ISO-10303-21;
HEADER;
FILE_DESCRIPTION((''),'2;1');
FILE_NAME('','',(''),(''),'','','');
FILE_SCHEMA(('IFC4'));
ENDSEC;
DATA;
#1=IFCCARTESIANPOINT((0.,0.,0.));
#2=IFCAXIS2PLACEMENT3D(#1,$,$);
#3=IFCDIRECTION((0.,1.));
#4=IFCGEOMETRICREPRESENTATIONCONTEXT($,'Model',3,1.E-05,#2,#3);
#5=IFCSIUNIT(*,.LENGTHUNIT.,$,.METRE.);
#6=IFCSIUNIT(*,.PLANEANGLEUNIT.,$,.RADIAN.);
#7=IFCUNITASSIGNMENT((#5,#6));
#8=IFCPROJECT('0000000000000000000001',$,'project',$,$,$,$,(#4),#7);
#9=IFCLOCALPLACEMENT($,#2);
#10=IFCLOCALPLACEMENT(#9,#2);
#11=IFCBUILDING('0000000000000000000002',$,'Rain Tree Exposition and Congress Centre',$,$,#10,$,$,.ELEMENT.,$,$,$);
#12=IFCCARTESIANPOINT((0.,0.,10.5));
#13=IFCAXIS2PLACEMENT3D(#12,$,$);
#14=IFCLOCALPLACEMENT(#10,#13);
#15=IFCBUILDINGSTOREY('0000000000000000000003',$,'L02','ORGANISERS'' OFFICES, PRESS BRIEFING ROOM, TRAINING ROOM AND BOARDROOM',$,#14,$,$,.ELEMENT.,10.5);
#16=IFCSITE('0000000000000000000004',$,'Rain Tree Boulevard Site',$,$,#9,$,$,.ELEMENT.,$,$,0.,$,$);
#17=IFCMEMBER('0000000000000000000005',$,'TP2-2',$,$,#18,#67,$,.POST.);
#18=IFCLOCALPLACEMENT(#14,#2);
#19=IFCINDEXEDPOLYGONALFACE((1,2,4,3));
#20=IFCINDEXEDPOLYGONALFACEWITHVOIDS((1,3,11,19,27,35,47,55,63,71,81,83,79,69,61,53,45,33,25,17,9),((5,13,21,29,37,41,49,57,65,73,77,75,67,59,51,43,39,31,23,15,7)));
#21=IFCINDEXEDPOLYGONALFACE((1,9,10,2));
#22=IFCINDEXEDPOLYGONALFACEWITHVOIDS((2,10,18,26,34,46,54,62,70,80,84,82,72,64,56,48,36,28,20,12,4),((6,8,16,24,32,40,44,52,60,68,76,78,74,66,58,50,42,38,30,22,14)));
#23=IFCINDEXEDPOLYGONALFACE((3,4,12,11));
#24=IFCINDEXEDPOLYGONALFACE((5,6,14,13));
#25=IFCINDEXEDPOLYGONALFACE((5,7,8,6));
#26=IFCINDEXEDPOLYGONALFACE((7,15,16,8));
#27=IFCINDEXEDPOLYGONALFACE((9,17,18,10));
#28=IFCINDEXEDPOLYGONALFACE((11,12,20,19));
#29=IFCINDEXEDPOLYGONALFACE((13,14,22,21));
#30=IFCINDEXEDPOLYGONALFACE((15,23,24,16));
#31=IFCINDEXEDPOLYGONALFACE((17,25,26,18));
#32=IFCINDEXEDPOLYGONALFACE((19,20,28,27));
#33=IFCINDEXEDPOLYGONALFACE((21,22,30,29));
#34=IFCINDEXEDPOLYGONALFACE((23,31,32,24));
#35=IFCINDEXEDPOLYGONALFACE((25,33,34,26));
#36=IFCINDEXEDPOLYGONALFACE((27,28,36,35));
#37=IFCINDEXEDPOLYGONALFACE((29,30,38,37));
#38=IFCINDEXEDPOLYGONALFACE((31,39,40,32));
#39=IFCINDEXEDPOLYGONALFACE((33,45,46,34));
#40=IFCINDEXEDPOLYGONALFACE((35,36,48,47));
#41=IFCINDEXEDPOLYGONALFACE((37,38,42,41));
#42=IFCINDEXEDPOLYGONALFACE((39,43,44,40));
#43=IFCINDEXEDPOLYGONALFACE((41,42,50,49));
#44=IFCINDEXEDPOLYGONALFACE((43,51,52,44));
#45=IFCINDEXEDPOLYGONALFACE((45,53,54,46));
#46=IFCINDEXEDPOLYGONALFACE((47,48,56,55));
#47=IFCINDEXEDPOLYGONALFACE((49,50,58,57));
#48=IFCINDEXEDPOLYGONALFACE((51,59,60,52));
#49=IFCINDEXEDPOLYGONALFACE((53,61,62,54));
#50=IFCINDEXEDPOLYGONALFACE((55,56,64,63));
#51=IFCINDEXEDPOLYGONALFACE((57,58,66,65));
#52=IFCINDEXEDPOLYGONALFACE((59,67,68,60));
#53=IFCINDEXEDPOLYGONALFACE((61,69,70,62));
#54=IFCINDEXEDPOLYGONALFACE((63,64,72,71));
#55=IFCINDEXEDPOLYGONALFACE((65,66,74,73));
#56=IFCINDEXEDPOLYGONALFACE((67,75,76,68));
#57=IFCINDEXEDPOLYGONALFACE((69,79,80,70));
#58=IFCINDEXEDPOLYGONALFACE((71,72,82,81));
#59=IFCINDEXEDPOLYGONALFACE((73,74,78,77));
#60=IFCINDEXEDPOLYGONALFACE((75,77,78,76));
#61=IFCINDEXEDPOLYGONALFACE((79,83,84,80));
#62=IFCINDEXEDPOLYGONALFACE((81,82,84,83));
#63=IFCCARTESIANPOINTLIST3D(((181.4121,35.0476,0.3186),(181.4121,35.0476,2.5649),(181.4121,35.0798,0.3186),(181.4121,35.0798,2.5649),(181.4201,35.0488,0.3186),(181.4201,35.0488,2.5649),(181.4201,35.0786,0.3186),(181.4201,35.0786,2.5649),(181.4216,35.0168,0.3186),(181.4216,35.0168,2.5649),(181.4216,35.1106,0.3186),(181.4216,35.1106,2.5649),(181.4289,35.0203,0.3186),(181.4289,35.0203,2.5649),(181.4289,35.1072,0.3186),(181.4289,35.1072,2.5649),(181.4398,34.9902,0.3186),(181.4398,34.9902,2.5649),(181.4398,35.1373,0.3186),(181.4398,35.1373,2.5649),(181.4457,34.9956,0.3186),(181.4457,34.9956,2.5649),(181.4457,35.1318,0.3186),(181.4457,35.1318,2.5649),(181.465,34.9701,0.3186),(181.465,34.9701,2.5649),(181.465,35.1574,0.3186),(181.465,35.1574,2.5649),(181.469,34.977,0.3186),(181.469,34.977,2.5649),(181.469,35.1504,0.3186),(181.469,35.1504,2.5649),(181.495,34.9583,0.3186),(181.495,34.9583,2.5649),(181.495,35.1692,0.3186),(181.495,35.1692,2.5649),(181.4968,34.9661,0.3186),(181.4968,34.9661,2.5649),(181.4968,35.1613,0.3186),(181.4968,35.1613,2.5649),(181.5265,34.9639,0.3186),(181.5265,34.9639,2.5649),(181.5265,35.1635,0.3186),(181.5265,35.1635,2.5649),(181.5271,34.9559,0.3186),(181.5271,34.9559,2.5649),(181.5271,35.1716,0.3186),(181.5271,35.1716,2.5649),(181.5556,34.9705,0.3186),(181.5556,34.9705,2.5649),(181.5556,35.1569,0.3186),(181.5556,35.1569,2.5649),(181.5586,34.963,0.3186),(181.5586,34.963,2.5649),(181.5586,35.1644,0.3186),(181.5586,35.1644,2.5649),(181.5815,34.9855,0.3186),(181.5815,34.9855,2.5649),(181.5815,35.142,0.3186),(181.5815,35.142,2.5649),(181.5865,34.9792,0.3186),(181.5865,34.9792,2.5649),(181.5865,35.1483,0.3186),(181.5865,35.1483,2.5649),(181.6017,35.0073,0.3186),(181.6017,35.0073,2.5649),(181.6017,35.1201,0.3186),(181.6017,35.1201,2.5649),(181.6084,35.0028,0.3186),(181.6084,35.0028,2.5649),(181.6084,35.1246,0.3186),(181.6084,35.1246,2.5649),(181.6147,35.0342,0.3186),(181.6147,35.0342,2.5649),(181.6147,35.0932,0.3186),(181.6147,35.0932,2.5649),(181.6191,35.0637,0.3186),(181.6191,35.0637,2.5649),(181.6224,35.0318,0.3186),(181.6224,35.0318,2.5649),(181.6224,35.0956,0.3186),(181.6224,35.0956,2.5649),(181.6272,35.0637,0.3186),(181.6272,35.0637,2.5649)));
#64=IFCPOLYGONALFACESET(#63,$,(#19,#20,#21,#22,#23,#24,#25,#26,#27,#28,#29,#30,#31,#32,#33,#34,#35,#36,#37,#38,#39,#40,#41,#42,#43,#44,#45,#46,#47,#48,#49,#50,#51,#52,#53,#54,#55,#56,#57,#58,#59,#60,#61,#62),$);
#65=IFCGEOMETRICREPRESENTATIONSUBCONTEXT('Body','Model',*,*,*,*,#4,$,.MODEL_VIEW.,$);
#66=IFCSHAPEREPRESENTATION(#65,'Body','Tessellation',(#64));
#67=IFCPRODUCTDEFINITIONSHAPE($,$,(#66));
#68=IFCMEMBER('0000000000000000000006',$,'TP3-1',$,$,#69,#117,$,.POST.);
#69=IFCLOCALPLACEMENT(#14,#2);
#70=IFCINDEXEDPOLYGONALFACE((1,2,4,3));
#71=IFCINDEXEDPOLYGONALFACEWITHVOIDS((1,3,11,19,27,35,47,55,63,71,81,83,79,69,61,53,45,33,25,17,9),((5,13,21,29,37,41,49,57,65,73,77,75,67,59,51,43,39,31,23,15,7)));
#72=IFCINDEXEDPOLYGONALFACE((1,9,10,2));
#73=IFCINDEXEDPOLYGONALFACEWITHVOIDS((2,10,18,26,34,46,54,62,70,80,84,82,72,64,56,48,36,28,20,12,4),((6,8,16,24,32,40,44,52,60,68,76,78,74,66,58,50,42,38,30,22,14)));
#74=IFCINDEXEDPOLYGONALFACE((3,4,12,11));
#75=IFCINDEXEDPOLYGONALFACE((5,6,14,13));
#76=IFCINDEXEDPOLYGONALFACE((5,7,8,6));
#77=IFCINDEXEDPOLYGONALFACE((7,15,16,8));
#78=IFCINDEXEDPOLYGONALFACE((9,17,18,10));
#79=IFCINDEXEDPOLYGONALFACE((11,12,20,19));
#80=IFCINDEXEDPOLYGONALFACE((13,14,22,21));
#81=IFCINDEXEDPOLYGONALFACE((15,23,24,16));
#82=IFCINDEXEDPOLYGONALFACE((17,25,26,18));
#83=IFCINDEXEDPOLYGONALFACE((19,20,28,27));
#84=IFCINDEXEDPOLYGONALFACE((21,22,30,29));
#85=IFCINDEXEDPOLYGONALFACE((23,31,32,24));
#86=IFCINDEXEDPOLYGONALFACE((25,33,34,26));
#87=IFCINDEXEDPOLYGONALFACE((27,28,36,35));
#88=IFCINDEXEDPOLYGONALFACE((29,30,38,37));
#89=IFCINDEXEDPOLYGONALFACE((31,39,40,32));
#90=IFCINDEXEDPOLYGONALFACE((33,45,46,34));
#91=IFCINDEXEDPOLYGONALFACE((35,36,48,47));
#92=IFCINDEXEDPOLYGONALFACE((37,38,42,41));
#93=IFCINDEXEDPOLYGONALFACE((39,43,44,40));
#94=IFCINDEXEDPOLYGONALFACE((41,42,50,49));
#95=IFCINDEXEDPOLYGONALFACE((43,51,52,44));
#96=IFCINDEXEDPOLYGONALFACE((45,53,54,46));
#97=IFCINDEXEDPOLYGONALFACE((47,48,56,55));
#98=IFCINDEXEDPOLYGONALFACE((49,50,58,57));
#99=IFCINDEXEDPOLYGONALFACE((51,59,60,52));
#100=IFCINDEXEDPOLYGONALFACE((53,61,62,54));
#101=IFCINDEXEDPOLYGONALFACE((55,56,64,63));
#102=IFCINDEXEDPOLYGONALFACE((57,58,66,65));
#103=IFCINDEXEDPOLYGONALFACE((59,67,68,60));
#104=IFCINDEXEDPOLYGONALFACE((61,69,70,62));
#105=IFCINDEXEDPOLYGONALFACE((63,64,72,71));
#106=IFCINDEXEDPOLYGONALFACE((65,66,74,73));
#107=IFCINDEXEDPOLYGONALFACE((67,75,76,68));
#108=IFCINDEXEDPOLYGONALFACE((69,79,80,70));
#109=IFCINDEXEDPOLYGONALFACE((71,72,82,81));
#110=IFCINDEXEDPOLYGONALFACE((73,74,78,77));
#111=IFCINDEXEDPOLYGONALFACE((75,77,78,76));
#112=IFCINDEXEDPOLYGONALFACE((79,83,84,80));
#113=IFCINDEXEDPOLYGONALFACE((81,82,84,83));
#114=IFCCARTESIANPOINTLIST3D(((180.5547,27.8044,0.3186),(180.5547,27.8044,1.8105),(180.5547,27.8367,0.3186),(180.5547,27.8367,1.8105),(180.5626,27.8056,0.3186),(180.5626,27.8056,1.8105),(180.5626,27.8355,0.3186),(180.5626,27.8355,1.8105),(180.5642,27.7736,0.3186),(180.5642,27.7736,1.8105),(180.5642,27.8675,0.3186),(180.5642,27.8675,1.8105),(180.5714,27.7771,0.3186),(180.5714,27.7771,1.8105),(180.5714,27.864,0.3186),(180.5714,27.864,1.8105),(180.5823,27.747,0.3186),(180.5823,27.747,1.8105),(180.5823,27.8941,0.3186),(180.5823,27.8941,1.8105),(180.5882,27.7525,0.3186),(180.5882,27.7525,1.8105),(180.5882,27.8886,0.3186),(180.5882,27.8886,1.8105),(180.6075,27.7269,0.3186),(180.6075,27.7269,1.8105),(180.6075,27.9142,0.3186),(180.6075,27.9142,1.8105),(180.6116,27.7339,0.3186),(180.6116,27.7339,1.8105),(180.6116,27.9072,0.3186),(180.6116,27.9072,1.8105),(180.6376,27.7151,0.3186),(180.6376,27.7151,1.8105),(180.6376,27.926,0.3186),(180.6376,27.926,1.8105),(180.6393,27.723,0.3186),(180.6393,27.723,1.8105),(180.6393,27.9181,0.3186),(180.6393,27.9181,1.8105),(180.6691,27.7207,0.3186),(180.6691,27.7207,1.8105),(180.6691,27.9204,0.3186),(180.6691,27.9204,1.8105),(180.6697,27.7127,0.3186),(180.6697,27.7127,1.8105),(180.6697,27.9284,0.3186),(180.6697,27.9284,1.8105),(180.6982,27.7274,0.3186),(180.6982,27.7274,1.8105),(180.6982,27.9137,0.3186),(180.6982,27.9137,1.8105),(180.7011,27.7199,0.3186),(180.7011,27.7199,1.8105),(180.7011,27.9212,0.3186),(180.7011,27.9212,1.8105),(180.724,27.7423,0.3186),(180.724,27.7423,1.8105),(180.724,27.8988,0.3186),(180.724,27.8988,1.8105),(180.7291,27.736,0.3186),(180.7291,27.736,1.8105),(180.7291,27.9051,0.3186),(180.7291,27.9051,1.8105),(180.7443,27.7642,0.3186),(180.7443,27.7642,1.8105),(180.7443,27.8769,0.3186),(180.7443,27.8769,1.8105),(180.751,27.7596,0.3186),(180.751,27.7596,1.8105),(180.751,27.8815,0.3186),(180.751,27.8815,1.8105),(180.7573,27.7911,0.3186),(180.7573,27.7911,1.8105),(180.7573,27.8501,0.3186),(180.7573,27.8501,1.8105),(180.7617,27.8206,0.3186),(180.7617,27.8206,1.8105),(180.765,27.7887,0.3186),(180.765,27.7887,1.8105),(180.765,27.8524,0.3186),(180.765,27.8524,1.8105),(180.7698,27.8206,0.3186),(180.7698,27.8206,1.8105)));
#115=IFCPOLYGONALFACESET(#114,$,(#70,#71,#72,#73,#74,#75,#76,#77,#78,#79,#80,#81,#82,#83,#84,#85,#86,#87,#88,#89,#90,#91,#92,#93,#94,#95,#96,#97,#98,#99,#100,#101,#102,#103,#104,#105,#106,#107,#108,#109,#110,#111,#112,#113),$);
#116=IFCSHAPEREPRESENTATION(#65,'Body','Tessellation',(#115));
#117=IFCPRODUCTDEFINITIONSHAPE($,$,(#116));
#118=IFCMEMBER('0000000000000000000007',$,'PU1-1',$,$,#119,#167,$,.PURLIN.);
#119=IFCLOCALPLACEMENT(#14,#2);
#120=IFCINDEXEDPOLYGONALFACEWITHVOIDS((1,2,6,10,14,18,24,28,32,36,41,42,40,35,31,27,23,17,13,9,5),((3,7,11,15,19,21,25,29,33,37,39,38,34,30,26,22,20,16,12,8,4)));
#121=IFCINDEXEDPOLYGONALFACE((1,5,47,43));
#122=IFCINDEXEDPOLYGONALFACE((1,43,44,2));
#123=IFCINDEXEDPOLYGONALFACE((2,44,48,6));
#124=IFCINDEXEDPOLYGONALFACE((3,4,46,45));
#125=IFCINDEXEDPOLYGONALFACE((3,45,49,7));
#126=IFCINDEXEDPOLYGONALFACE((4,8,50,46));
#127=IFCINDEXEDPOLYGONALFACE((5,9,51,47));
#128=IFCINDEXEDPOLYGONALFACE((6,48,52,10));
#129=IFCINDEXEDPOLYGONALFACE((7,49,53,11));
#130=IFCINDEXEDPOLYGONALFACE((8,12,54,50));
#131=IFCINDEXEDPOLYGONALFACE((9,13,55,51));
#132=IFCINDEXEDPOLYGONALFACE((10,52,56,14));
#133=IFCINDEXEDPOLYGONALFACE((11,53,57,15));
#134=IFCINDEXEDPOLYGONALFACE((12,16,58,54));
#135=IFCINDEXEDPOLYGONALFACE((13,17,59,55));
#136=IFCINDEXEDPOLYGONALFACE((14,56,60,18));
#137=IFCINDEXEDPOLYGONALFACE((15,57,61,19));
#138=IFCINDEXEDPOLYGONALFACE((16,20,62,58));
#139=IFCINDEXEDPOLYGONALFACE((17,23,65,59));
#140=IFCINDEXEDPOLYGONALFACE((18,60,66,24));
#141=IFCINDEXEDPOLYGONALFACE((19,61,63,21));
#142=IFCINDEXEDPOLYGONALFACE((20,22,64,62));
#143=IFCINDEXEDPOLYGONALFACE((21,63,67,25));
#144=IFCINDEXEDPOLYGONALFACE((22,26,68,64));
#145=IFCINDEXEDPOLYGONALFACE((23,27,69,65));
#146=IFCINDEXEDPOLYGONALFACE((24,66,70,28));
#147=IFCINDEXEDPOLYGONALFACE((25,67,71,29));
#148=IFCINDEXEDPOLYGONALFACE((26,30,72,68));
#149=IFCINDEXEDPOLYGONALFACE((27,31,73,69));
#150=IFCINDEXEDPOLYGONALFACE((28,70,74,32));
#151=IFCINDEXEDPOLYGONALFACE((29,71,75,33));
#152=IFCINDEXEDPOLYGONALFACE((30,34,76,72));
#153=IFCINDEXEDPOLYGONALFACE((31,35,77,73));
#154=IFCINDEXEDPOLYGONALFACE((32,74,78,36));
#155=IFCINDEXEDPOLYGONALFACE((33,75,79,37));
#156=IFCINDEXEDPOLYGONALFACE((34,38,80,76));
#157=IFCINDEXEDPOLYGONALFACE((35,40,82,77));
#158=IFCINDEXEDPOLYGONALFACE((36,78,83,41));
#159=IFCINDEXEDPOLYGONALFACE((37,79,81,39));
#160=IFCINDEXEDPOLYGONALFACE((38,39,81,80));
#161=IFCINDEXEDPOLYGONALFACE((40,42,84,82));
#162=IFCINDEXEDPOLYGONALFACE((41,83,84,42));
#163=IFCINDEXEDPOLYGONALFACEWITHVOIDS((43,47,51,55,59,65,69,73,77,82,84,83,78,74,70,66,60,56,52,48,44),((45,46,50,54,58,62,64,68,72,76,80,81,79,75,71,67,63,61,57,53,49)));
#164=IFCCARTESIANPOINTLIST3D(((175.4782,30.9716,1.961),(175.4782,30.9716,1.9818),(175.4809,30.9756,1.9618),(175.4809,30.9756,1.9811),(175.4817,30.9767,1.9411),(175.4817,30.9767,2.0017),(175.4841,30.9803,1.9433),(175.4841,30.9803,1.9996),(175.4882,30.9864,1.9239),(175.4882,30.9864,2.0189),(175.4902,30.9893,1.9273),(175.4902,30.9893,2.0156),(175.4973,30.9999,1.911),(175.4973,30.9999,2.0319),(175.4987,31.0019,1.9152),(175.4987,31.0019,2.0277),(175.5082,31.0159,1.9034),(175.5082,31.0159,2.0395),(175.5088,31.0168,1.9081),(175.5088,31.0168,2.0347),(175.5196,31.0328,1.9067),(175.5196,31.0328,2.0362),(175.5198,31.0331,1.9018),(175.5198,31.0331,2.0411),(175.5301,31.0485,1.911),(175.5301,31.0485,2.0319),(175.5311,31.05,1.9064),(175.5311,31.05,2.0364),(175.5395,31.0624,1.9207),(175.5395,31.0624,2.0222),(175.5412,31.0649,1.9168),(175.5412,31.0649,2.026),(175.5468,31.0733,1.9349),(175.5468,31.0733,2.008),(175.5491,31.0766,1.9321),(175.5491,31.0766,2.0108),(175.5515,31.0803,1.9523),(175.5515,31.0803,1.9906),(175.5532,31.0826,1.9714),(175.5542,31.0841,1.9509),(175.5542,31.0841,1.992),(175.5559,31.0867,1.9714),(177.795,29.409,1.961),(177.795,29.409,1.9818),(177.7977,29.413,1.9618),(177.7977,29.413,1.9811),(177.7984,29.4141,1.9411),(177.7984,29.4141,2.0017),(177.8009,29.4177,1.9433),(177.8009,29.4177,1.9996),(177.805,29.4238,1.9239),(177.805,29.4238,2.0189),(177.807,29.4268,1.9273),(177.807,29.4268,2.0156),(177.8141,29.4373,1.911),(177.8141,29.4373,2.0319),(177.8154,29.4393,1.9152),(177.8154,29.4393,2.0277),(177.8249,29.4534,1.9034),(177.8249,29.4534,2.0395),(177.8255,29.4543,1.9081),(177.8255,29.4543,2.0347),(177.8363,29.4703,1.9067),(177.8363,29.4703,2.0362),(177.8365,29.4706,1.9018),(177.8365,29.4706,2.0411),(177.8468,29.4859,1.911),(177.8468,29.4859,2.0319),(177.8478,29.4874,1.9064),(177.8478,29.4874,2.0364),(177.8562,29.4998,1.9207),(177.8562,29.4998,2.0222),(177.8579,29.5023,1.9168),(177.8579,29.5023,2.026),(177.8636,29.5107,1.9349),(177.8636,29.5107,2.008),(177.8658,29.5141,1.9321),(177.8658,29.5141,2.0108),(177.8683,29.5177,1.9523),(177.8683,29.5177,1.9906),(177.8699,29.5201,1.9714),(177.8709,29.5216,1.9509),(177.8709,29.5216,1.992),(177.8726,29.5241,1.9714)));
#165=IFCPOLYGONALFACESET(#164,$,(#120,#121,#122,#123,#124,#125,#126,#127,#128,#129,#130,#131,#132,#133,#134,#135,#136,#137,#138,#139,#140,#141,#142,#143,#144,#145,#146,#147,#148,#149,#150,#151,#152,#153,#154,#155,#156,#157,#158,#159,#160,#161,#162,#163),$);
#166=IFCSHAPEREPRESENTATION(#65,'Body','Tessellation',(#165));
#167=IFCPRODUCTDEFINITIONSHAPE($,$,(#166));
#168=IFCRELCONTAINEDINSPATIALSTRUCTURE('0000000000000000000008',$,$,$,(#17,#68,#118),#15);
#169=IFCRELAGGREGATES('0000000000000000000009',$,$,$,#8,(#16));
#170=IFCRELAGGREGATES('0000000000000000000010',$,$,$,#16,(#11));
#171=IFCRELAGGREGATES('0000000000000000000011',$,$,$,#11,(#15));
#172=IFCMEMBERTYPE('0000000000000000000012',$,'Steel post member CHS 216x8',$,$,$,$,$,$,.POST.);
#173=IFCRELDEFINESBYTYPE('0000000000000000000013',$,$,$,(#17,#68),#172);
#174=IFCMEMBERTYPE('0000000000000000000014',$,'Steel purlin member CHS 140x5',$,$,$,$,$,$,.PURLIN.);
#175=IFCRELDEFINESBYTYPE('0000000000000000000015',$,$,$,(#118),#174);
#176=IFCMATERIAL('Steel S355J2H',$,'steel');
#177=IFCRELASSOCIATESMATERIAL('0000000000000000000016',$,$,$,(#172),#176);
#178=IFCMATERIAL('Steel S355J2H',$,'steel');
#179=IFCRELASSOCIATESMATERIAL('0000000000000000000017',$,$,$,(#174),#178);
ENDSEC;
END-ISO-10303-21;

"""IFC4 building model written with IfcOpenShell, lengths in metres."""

from ifc_helpers import new_model, si_unit, direction, frame, origin, origin_2d, place, context, subcontext, project, spatial, hollow_circle, extrude, material, material_profile, profile_set, type_object, element, save


model = new_model("IFC4")

# Units and contexts
model_context = context("Model", 3, precision=1e-05, world=origin(), true_north=direction((0.0, 1.0)))
body_context = subcontext(model_context, "Body", "Model", "MODEL_VIEW")
ifc_project = project(units=[si_unit("LENGTHUNIT", "METRE"), si_unit("PLANEANGLEUNIT", "RADIAN")], contexts=[model_context])

# Site, building, storey
site_placement = place(None, origin())
site = spatial("IfcSite", under=ifc_project, at=site_placement, Name="Rain Tree Boulevard Site", CompositionType="ELEMENT", RefElevation=0.0)
building_placement = place(site_placement, origin())
building = spatial("IfcBuilding", under=site, at=building_placement, Name="Rain Tree Exposition and Congress Centre", CompositionType="ELEMENT")
storey_placement = place(building_placement, frame((0.0, 0.0, 10.5)))
storey = spatial("IfcBuildingStorey", under=building, at=storey_placement, Name="L02", Description="ORGANISERS' OFFICES, PRESS BRIEFING ROOM, TRAINING ROOM AND BOARDROOM", CompositionType="ELEMENT", Elevation=10.5)

# Members
ifc_material_1 = material(Name="Steel S355J2H", Category="steel")
ifc_material_profile_1 = material_profile(ifc_material_1, hollow_circle(Radius=0.1082, WallThickness=0.0081, at=origin_2d()), Name="CHS 216x8")
ifc_profile_set_1 = profile_set([ifc_material_profile_1], Name="Steel S355J2H")
member_type_1 = type_object("IfcMemberType", Name="Steel post member CHS 216x8", PredefinedType="POST", material=ifc_profile_set_1)
member_1_placement = place(storey_placement, frame((181.519, 35.0637, 0.3186), z_axis=(0.0, 0.0, 1.0), x_axis=(1.0, 0.0, 0.0)))
element("IfcMember", 1, at=member_1_placement, inside=storey, type_object=member_type_1, Name="TP2-2", PredefinedType="POST", context=body_context, shape_type="SweptSolid", body=[
    extrude(hollow_circle(Radius=0.1082, WallThickness=0.0081, at=origin_2d()), origin(), (0.0, 0.0, 1.0), 2.2463),
])
member_2_placement = place(storey_placement, frame((180.6616, 27.8206, 0.3186), z_axis=(0.0, 0.0, 1.0), x_axis=(1.0, 0.0, 0.0)))
element("IfcMember", 2, at=member_2_placement, inside=storey, type_object=member_type_1, Name="TP3-1", PredefinedType="POST", context=body_context, shape_type="SweptSolid", body=[
    extrude(hollow_circle(Radius=0.1082, WallThickness=0.0081, at=origin_2d()), origin(), (0.0, 0.0, 1.0), 1.4919),
])
ifc_material_2 = material(Name="Steel S355J2H", Category="steel")
ifc_material_profile_2 = material_profile(ifc_material_2, hollow_circle(Radius=0.0698, WallThickness=0.0049, at=origin_2d()), Name="CHS 140x5")
ifc_profile_set_2 = profile_set([ifc_material_profile_2], Name="Steel S355J2H")
member_type_2 = type_object("IfcMemberType", Name="Steel purlin member CHS 140x5", PredefinedType="PURLIN", material=ifc_profile_set_2)
member_3_placement = place(storey_placement, frame((175.5168, 31.0288, 1.9714), z_axis=(0.829054, -0.559168, 0.0), x_axis=(0.559168, 0.829054, 0.0)))
element("IfcMember", 3, at=member_3_placement, inside=storey, type_object=member_type_2, Name="PU1-1", PredefinedType="PURLIN", context=body_context, shape_type="SweptSolid", body=[
    extrude(hollow_circle(Radius=0.0698, WallThickness=0.0049, at=origin_2d()), origin(), (0.0, 0.0, 1.0), 2.7944),
])

save(model, "model.ifc")
